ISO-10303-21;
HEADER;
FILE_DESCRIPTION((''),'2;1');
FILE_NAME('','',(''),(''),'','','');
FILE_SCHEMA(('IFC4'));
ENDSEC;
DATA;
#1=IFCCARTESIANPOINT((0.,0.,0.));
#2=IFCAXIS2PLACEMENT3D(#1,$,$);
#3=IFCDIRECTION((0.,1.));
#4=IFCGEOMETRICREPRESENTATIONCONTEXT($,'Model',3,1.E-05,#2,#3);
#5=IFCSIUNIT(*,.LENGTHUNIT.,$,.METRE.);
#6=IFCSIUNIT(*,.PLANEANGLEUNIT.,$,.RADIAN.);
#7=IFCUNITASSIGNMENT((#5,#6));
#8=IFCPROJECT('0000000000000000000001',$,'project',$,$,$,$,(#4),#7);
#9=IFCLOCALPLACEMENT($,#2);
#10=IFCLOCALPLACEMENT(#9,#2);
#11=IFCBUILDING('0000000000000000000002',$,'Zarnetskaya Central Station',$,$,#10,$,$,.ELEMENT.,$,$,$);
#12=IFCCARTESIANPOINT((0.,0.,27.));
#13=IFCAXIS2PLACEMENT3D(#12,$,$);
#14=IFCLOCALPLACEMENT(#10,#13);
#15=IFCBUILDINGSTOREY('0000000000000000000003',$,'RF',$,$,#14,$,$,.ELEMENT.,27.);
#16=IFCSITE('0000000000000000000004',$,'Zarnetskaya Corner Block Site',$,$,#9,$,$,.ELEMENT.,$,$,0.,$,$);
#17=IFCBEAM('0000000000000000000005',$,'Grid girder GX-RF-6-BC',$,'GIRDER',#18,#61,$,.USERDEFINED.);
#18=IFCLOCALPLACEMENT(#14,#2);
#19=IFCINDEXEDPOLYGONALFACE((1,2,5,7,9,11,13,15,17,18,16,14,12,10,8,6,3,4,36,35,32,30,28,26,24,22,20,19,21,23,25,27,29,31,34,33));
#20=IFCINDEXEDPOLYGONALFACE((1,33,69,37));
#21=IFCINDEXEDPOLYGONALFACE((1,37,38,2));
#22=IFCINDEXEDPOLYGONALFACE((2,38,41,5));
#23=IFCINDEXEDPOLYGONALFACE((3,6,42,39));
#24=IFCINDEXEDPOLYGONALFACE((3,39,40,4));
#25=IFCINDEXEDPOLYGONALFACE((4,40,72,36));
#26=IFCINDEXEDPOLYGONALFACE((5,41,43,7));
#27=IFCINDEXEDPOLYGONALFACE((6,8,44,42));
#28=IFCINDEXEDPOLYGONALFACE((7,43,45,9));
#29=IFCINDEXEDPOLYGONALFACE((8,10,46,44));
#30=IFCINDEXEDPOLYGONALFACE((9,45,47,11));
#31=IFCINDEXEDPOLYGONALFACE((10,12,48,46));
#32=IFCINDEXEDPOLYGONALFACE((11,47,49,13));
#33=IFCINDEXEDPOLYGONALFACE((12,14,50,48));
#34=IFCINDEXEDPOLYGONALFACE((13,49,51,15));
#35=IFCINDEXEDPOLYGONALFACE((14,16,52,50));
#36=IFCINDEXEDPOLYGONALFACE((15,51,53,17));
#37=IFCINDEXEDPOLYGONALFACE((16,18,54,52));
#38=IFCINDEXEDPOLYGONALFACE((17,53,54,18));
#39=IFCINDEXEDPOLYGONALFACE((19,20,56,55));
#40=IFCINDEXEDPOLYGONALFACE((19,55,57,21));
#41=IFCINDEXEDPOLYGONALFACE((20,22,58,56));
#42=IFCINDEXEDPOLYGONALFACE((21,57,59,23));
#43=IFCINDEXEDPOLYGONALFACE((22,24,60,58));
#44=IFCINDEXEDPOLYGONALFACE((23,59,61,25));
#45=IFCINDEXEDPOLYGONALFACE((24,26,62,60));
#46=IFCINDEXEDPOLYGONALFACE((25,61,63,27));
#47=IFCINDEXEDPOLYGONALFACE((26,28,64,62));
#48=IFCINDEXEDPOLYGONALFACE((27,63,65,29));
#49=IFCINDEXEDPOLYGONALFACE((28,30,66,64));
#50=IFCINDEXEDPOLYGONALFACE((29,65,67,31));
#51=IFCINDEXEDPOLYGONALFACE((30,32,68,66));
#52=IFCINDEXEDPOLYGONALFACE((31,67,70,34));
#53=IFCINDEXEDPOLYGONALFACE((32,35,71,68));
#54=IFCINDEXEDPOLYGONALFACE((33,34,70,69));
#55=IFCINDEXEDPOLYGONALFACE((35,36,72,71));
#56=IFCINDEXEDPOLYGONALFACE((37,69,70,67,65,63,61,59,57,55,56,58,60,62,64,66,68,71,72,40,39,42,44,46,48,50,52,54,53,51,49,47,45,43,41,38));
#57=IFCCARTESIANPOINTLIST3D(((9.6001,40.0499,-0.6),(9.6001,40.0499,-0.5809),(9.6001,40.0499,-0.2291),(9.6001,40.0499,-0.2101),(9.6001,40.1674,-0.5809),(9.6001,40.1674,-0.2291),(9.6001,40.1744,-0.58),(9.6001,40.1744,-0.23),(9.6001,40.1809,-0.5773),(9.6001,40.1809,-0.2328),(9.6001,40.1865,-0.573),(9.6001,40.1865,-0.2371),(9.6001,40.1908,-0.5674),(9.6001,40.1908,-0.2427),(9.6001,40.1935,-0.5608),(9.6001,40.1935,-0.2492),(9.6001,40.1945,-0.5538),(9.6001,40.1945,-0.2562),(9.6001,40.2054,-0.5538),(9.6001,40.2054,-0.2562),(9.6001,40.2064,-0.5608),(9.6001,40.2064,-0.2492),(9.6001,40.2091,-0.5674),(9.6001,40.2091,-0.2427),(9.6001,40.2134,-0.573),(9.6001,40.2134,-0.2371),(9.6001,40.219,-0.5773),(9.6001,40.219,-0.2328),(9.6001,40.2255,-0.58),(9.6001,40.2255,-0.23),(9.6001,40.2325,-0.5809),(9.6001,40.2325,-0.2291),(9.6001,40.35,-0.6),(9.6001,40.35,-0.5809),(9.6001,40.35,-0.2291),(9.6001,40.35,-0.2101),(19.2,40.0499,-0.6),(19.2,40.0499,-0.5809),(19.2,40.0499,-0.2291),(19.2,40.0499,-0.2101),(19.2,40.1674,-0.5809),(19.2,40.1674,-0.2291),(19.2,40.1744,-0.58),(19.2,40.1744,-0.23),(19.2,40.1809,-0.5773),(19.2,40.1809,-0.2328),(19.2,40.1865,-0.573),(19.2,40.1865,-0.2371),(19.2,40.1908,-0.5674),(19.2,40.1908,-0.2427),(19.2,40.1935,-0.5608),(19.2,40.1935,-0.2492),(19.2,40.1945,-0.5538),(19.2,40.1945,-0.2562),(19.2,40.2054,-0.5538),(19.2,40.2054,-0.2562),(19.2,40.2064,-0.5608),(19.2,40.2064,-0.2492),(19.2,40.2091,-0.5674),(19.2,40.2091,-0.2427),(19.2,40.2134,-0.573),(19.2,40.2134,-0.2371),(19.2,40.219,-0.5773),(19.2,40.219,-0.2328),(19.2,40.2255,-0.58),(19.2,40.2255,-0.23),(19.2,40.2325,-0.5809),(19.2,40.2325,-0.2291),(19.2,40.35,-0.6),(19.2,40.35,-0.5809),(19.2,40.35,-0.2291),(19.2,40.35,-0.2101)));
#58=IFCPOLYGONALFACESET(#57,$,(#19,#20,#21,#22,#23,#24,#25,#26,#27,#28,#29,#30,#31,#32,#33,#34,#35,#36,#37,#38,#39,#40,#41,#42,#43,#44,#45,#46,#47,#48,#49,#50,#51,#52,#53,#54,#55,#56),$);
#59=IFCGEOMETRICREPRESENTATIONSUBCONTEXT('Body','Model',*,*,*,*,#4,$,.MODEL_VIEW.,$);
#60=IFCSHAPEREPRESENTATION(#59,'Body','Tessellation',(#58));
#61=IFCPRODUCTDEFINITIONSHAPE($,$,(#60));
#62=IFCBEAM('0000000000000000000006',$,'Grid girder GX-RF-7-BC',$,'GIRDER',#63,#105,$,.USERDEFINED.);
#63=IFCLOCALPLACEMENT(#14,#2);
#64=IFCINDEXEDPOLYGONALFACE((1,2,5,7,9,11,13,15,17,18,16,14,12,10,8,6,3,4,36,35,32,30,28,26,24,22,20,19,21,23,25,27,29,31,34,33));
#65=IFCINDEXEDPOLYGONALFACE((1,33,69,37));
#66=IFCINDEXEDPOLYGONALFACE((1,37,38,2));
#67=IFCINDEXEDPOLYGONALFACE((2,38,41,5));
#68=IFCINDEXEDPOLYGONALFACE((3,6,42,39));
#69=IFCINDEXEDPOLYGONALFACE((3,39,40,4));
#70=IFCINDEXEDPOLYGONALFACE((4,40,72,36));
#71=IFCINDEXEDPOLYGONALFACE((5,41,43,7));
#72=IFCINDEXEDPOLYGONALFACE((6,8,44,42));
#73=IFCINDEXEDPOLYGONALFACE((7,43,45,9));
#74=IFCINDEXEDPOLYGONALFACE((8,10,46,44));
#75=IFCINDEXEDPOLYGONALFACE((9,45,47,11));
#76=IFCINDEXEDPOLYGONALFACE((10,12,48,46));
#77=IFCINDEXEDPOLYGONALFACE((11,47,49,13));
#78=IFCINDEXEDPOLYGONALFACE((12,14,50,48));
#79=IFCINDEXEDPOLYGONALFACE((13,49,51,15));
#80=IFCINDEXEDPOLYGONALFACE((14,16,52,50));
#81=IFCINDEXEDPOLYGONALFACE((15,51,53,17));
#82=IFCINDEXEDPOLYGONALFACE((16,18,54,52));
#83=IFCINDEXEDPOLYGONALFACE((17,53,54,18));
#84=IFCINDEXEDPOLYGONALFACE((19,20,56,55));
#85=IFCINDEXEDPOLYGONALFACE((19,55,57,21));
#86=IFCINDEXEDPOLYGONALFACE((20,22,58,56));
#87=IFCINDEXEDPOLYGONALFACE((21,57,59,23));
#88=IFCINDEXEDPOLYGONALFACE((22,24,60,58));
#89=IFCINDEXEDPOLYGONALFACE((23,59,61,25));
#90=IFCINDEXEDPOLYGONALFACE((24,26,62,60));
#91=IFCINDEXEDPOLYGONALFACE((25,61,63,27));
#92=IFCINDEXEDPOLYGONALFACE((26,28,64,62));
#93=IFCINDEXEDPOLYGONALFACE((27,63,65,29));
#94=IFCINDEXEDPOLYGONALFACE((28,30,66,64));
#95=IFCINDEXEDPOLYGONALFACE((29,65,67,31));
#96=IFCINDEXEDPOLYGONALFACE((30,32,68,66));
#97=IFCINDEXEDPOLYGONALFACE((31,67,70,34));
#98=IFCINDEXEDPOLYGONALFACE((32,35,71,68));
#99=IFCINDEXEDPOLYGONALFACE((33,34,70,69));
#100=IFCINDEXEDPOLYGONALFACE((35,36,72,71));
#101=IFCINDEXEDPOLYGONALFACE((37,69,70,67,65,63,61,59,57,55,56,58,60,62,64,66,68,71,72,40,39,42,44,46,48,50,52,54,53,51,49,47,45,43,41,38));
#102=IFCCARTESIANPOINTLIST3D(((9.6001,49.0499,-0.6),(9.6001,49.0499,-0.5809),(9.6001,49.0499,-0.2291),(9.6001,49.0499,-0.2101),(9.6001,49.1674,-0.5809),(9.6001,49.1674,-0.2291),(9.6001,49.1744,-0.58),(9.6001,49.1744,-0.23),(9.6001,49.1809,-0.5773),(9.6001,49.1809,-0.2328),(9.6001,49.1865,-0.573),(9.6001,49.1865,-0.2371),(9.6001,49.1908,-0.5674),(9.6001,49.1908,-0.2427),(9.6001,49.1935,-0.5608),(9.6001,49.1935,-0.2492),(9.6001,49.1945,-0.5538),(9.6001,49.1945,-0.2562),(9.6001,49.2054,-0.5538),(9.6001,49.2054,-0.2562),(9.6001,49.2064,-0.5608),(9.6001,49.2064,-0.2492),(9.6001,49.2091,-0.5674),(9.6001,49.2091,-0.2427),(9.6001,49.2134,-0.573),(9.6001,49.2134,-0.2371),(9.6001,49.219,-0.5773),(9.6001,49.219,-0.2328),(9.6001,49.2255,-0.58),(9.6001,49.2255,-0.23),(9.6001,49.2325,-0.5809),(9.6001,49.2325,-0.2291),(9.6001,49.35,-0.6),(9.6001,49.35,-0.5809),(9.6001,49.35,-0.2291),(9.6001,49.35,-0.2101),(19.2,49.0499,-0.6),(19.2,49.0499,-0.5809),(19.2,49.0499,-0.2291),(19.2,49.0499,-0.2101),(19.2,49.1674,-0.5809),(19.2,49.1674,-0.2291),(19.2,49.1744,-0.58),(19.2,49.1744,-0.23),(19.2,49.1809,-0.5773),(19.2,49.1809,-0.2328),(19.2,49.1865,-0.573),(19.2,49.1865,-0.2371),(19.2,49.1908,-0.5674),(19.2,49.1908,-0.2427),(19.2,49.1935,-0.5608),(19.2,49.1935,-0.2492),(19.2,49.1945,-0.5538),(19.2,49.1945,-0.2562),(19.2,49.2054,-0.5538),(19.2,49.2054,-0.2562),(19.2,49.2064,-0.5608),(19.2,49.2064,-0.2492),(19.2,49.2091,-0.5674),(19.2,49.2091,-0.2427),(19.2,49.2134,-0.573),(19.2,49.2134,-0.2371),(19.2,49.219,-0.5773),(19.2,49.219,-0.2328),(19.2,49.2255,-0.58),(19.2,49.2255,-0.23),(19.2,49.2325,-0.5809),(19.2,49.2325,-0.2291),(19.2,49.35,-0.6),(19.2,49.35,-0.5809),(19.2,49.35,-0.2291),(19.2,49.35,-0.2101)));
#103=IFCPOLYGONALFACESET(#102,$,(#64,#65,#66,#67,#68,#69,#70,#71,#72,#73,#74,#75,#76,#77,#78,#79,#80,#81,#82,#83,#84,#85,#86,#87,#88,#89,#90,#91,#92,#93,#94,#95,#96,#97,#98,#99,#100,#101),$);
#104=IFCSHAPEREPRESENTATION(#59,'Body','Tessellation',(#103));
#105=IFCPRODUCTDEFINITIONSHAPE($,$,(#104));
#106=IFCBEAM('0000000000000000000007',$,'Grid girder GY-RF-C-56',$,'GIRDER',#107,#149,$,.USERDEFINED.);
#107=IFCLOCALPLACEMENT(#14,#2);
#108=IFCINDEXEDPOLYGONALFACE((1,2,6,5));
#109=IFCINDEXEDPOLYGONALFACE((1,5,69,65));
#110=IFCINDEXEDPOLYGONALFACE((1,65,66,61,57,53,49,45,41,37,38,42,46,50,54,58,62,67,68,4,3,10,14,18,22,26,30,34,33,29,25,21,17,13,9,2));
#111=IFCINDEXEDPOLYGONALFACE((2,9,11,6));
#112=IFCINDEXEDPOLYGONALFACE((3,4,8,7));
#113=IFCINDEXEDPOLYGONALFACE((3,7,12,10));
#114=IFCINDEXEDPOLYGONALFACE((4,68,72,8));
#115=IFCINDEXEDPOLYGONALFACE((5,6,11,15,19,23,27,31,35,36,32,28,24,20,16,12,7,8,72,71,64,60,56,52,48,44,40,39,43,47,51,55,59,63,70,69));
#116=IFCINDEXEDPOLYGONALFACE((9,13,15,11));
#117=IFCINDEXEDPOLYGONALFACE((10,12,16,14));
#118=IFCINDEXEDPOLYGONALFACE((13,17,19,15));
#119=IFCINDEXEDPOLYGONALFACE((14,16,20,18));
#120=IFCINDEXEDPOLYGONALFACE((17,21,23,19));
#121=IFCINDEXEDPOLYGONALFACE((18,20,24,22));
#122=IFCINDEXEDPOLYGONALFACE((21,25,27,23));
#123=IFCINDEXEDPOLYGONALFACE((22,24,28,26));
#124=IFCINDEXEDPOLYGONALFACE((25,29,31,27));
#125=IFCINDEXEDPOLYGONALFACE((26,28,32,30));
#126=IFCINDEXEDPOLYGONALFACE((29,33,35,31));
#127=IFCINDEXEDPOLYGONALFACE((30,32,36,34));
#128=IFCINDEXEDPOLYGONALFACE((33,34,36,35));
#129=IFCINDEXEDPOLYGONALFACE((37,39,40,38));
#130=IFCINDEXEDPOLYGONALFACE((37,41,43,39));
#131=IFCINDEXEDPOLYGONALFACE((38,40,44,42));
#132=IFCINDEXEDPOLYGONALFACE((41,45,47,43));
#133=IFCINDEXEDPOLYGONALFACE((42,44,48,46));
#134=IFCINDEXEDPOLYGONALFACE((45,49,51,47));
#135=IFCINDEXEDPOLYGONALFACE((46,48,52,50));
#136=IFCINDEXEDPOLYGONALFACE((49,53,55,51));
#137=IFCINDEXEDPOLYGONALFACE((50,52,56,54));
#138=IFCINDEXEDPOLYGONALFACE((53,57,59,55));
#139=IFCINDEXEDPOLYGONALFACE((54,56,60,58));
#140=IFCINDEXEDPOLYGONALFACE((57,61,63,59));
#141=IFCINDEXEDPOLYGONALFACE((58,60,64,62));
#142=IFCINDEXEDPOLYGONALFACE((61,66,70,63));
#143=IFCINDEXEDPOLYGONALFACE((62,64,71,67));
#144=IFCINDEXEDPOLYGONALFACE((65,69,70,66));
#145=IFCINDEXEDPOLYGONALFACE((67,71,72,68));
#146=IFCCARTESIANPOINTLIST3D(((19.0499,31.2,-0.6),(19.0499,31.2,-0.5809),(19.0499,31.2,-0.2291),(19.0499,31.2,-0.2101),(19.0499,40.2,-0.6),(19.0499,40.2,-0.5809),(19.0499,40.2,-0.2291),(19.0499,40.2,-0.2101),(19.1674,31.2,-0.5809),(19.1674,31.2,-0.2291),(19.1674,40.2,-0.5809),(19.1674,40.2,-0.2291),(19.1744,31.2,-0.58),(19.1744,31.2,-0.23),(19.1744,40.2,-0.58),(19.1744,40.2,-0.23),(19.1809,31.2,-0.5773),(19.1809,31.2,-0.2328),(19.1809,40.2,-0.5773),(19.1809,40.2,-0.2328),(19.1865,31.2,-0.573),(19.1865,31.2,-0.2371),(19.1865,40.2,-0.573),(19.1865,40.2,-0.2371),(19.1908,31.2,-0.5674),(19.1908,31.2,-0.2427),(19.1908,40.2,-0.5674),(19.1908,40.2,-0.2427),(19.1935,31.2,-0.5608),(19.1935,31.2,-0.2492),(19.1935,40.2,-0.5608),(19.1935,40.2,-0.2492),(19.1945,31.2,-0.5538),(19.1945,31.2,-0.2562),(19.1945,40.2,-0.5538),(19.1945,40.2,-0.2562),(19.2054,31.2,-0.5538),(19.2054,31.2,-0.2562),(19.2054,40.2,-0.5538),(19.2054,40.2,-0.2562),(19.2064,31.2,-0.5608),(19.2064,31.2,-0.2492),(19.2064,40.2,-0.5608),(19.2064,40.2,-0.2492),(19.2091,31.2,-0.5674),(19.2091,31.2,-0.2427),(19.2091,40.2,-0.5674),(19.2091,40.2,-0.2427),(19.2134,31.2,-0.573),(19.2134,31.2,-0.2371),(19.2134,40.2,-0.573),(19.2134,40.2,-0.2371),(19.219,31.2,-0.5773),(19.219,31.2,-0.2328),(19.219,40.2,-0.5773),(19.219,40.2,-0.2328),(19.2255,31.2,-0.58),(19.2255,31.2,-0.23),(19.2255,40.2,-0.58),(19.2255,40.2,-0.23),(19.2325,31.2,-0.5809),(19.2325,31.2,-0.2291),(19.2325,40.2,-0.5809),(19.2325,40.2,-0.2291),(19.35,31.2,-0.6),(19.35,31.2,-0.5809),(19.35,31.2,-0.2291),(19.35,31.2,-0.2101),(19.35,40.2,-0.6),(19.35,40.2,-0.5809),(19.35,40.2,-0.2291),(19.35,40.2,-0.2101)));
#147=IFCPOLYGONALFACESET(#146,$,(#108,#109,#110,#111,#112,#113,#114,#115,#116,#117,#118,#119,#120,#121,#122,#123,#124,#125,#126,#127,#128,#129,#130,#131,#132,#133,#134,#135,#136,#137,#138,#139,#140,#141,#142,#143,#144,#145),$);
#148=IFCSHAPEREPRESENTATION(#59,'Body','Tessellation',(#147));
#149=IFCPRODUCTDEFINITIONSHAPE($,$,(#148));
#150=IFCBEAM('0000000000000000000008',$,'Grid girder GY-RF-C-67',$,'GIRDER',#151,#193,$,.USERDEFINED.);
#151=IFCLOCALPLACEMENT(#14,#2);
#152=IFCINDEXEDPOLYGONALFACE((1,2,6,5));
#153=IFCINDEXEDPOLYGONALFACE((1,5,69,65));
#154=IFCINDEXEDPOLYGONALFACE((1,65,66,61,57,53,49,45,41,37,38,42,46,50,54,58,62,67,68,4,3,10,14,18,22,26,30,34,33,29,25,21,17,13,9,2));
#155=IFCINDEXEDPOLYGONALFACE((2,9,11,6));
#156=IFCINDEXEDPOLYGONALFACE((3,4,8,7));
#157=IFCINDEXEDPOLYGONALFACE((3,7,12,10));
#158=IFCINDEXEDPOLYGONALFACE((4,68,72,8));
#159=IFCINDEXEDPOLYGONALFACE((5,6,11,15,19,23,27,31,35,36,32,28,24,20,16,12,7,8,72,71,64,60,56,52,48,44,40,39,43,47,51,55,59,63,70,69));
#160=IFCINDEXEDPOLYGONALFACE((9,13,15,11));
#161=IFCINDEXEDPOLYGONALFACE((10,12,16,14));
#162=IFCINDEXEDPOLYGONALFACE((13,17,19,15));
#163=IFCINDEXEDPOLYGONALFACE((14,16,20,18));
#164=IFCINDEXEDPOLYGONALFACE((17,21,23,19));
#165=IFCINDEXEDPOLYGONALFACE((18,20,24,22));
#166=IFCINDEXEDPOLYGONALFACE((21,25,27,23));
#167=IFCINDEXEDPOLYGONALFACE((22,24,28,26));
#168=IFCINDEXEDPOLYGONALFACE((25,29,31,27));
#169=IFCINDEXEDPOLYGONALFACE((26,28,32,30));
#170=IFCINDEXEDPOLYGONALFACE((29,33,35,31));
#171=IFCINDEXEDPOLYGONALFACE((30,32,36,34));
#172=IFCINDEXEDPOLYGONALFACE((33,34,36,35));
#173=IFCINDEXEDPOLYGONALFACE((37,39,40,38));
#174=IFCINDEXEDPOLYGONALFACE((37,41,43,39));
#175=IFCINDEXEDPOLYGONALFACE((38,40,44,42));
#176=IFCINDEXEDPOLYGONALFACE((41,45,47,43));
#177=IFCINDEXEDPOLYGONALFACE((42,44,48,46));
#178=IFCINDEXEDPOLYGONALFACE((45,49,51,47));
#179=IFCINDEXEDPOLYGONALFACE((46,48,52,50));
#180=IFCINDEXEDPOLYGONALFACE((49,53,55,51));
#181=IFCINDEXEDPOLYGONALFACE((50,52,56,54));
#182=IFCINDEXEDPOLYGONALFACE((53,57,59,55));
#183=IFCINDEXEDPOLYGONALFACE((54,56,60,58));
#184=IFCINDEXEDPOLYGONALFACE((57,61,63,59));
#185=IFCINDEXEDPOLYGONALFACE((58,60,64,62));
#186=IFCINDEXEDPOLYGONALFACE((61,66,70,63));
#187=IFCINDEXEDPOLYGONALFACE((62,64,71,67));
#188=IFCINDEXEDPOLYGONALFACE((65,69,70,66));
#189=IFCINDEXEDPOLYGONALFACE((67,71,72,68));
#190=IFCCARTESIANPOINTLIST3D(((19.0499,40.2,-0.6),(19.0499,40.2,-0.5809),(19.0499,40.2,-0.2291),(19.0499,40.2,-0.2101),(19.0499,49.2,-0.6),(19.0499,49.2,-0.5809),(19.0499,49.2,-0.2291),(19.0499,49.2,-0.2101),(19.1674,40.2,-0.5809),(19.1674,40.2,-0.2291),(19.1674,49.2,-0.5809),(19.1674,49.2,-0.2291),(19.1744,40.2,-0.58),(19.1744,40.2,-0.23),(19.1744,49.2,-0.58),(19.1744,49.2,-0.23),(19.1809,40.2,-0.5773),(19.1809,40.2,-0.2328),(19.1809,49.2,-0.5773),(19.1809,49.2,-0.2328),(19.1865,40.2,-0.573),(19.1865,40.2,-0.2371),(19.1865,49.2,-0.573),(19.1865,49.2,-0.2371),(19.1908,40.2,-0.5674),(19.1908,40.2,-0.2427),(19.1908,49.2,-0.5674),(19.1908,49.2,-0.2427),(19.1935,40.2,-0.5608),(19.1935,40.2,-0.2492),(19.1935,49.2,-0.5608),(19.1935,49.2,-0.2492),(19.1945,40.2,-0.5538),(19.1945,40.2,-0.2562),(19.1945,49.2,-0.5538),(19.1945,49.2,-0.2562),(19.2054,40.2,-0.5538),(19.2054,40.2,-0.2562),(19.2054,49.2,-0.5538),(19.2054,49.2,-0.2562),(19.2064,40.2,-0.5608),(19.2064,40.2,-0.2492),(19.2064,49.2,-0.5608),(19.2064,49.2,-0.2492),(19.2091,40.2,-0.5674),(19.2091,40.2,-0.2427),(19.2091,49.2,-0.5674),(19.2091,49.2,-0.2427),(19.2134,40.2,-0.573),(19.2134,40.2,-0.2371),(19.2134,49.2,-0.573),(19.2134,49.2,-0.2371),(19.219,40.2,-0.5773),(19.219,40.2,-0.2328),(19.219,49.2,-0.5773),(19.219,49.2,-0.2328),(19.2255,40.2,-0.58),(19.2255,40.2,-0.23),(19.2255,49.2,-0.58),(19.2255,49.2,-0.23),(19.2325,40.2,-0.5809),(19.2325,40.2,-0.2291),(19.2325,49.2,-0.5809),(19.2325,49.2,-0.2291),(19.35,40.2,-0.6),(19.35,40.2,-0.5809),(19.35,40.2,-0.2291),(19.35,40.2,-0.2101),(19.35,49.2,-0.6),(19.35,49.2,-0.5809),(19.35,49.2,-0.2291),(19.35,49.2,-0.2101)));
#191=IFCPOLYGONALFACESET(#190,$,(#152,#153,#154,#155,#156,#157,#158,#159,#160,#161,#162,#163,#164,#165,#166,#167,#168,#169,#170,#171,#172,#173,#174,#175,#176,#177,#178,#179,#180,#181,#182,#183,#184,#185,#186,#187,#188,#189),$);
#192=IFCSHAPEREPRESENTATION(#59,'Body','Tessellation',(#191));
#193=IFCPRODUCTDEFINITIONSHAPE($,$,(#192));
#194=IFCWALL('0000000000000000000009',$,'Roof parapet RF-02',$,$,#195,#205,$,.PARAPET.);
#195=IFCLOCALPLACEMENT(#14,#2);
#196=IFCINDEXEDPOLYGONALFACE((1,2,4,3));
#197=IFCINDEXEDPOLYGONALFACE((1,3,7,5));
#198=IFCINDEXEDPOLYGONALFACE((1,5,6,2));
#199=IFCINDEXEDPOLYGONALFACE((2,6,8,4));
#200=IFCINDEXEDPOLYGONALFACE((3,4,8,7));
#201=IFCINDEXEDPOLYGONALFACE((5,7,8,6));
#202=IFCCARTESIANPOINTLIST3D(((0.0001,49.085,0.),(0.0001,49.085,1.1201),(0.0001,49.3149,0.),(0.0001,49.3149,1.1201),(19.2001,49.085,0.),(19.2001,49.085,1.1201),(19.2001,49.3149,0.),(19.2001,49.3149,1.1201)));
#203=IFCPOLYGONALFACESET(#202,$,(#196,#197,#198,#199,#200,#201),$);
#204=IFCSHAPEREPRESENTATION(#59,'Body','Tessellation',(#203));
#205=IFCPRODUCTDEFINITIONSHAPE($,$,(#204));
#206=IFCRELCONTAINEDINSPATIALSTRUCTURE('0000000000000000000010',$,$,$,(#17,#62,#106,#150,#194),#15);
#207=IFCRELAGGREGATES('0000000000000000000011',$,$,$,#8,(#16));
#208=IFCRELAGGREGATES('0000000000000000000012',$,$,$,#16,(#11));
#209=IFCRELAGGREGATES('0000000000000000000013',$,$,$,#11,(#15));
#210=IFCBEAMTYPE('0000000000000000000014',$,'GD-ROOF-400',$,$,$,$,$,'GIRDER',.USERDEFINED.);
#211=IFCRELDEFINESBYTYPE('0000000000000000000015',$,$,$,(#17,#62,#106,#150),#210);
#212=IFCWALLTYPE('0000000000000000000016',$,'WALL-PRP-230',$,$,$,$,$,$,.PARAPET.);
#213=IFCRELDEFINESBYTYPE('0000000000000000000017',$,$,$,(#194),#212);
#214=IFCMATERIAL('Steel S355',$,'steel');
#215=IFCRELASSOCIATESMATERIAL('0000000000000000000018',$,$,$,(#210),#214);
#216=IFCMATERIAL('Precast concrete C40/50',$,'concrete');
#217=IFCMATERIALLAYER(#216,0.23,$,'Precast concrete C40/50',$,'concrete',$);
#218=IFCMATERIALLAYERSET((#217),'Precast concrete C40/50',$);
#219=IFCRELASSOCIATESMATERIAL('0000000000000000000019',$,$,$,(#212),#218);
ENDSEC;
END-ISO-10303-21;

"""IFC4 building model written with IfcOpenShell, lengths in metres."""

from ifc_helpers import new_model, si_unit, direction, frame, frame_2d, origin, origin_2d, place, context, subcontext, project, spatial, rectangle, i_section, extrude, material, layer, layer_set, material_profile, profile_set, type_object, element, save


model = new_model("IFC4")

# Units and contexts
model_context = context("Model", 3, precision=1e-05, world=origin(), true_north=direction((0.0, 1.0)))
body_context = subcontext(model_context, "Body", "Model", "MODEL_VIEW")
ifc_project = project(units=[si_unit("LENGTHUNIT", "METRE"), si_unit("PLANEANGLEUNIT", "RADIAN")], contexts=[model_context])

# Site, building, storey
site_placement = place(None, origin())
site = spatial("IfcSite", under=ifc_project, at=site_placement, Name="Zarnetskaya Corner Block Site", CompositionType="ELEMENT", RefElevation=0.0)
building_placement = place(site_placement, origin())
building = spatial("IfcBuilding", under=site, at=building_placement, Name="Zarnetskaya Central Station", CompositionType="ELEMENT")
storey_placement = place(building_placement, frame((0.0, 0.0, 27.0)))
storey = spatial("IfcBuildingStorey", under=building, at=storey_placement, Name="RF", CompositionType="ELEMENT", Elevation=27.0)

# Beams
ifc_material_1 = material(Name="Steel S355", Category="steel")
ifc_material_profile_1 = material_profile(ifc_material_1, i_section(OverallWidth=0.3, OverallDepth=0.3899, WebThickness=0.011, FlangeThickness=0.019, FilletRadius=0.0271, at=origin_2d()), Name="HEA 400")
ifc_profile_set_1 = profile_set([ifc_material_profile_1], Name="Steel S355")
beam_type_1 = type_object("IfcBeamType", Name="GD-ROOF-400", ElementType="GIRDER", PredefinedType="USERDEFINED", material=ifc_profile_set_1)
for number, where, z_axis, x_axis, name in (
    (1, (9.6001, 40.2, -0.405), (1.0, 0.0, 0.0), (0.0, 1.0, 0.0), "Grid girder GX-RF-6-BC"),
    (2, (9.6001, 49.2, -0.405), (1.0, 0.0, 0.0), (0.0, 1.0, 0.0), "Grid girder GX-RF-7-BC"),
):
    element("IfcBeam", number, at=place(storey_placement, frame(where, z_axis=z_axis, x_axis=x_axis)), inside=storey, type_object=beam_type_1, Name=name, ObjectType="GIRDER", PredefinedType="USERDEFINED", context=body_context, shape_type="SweptSolid", body=[
        extrude(i_section(OverallWidth=0.3, OverallDepth=0.3899, WebThickness=0.011, FlangeThickness=0.019, FilletRadius=0.0271, at=origin_2d()), origin(), (0.0, 0.0, 1.0), 9.5999),
    ])
for number, where, z_axis, x_axis, name in (
    (3, (19.2, 31.2, -0.405), (0.0, 1.0, 0.0), (-1.0, 0.0, 0.0), "Grid girder GY-RF-C-56"),
    (4, (19.2, 40.2, -0.405), (0.0, 1.0, 0.0), (-1.0, 0.0, 0.0), "Grid girder GY-RF-C-67"),
):
    element("IfcBeam", number, at=place(storey_placement, frame(where, z_axis=z_axis, x_axis=x_axis)), inside=storey, type_object=beam_type_1, Name=name, ObjectType="GIRDER", PredefinedType="USERDEFINED", context=body_context, shape_type="SweptSolid", body=[
        extrude(i_section(OverallWidth=0.3, OverallDepth=0.3899, WebThickness=0.011, FlangeThickness=0.019, FilletRadius=0.0271, at=origin_2d()), origin(), (0.0, 0.0, 1.0), 9.0),
    ])

# Wall
ifc_material_2 = material(Name="Precast concrete C40/50", Category="concrete")
ifc_layer = layer(ifc_material_2, 0.23, Name="Precast concrete C40/50", Category="concrete")
ifc_layer_set = layer_set([ifc_layer], Name="Precast concrete C40/50")
wall_type = type_object("IfcWallType", Name="WALL-PRP-230", PredefinedType="PARAPET", material=ifc_layer_set)
wall_1_placement = place(storey_placement, frame((0.0, 49.2, 0.0), z_axis=(0.0, 0.0, 1.0), x_axis=(1.0, 0.0, 0.0)))
element("IfcWall", 5, at=wall_1_placement, inside=storey, type_object=wall_type, Name="Roof parapet RF-02", PredefinedType="PARAPET", context=body_context, shape_type="SweptSolid", body=[
    extrude(rectangle(XDim=19.2, YDim=0.23, at=frame_2d((9.6001, 0.0))), origin(), (0.0, 0.0, 1.0), 1.1201),
])

save(model, "model.ifc")
